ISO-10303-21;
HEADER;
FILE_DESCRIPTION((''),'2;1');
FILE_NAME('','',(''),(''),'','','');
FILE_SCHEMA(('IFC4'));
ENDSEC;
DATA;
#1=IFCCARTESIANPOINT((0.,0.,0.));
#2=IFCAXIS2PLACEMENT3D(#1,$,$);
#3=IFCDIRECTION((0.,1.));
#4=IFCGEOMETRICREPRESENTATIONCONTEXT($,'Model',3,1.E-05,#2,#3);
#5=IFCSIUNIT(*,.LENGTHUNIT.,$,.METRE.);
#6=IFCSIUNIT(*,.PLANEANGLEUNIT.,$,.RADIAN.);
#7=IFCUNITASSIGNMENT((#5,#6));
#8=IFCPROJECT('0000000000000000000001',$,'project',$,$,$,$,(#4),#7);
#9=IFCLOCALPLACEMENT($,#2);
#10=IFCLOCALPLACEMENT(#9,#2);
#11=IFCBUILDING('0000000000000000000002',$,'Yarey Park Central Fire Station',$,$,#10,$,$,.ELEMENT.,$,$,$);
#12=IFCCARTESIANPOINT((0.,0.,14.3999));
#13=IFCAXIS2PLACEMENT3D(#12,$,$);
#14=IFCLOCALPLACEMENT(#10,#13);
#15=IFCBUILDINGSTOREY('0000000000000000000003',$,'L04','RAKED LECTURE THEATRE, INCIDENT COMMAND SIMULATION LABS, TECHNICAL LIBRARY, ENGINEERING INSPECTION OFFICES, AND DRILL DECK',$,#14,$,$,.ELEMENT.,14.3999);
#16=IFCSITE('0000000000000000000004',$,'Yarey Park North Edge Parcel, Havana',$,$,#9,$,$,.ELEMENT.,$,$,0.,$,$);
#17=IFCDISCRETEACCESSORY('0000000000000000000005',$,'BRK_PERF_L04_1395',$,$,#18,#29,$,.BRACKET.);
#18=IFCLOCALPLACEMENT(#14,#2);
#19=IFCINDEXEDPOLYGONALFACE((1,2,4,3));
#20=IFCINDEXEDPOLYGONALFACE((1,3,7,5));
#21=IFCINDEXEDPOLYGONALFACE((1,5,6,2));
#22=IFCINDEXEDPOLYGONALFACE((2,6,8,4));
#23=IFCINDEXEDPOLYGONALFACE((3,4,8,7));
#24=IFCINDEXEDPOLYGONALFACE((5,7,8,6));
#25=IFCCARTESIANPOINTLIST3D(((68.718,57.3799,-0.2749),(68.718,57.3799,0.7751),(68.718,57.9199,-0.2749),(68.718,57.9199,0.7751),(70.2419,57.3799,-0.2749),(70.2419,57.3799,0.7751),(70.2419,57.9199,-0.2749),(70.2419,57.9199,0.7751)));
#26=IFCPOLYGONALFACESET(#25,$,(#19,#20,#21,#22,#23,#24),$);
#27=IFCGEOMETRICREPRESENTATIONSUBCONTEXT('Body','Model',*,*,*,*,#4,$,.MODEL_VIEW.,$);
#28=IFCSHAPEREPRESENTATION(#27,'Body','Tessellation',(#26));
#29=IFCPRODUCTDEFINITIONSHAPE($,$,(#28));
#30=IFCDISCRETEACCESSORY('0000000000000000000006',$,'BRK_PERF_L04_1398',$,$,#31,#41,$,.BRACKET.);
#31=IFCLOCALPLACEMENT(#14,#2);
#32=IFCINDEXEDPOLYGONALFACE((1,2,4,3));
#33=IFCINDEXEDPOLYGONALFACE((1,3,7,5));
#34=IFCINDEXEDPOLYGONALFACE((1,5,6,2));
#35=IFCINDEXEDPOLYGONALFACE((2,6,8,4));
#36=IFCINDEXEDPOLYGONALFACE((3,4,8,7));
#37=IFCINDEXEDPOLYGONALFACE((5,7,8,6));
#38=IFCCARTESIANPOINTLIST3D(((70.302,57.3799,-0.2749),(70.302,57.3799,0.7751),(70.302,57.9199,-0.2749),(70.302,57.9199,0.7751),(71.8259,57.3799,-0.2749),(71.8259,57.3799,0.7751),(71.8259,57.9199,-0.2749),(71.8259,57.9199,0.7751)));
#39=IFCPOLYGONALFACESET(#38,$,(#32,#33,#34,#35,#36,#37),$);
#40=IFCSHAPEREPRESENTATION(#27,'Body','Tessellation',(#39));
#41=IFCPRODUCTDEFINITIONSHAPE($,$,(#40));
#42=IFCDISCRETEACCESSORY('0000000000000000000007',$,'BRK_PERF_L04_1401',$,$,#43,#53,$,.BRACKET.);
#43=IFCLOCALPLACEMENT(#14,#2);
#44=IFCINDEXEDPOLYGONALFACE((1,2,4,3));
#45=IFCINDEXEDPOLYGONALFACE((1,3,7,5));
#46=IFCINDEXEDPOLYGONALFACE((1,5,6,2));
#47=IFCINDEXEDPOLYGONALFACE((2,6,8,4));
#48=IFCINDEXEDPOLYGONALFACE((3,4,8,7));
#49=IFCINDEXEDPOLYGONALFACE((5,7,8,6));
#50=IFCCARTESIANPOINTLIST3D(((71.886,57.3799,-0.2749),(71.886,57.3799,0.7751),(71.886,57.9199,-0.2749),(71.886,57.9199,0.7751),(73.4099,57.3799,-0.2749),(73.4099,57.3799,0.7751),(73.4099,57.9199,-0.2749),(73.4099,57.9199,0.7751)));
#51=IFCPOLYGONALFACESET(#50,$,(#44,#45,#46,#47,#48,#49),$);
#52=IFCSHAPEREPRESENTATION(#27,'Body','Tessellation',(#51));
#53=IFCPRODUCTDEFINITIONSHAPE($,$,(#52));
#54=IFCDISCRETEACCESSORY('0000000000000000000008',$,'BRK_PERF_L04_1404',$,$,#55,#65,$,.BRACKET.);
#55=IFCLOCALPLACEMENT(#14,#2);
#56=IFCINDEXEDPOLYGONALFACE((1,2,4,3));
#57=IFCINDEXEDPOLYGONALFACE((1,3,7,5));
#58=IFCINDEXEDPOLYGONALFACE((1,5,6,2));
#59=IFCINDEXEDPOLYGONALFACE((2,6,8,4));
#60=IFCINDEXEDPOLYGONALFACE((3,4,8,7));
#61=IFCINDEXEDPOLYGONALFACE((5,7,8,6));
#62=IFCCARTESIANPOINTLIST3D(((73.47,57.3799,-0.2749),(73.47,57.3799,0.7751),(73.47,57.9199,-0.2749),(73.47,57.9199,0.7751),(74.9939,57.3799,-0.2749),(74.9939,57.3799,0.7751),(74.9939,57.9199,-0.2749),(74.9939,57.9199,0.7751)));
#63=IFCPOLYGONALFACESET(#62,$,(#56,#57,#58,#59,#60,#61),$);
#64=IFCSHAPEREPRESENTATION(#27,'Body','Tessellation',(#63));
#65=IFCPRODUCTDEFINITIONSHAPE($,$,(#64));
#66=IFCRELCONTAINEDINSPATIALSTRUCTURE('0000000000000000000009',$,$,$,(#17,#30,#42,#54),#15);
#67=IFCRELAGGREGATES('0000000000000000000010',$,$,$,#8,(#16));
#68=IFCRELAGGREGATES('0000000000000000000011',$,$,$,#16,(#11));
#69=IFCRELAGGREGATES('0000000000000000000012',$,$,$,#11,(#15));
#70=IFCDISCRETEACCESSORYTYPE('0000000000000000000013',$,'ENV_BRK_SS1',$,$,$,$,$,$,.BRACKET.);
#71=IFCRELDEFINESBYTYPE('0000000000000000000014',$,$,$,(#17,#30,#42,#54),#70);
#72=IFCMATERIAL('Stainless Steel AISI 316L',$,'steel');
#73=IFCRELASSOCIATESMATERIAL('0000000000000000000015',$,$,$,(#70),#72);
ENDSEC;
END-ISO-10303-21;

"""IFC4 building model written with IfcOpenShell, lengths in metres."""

from ifc_helpers import new_model, si_unit, direction, frame, origin, origin_2d, place, context, subcontext, project, spatial, rectangle, extrude, material, type_object, element, save


model = new_model("IFC4")

# Units and contexts
model_context = context("Model", 3, precision=1e-05, world=origin(), true_north=direction((0.0, 1.0)))
body_context = subcontext(model_context, "Body", "Model", "MODEL_VIEW")
ifc_project = project(units=[si_unit("LENGTHUNIT", "METRE"), si_unit("PLANEANGLEUNIT", "RADIAN")], contexts=[model_context])

# Site, building, storey
site_placement = place(None, origin())
site = spatial("IfcSite", under=ifc_project, at=site_placement, Name="Yarey Park North Edge Parcel, Havana", CompositionType="ELEMENT", RefElevation=0.0)
building_placement = place(site_placement, origin())
building = spatial("IfcBuilding", under=site, at=building_placement, Name="Yarey Park Central Fire Station", CompositionType="ELEMENT")
storey_placement = place(building_placement, frame((0.0, 0.0, 14.3999)))
storey = spatial("IfcBuildingStorey", under=building, at=storey_placement, Name="L04", Description="RAKED LECTURE THEATRE, INCIDENT COMMAND SIMULATION LABS, TECHNICAL LIBRARY, ENGINEERING INSPECTION OFFICES, AND DRILL DECK", CompositionType="ELEMENT", Elevation=14.3999)

# Discrete accessories
ifc_material_1 = material(Name="Stainless Steel AISI 316L", Category="steel")
discrete_accessory_type = type_object("IfcDiscreteAccessoryType", Name="ENV_BRK_SS1", PredefinedType="BRACKET", material=ifc_material_1)
for number, where, z_axis, x_axis, name in (
    (1, (69.48, 57.6499, -0.2749), (0.0, 0.0, 1.0), (1.0, 0.0, 0.0), "BRK_PERF_L04_1395"),
    (2, (71.064, 57.6499, -0.2749), (0.0, 0.0, 1.0), (1.0, 0.0, 0.0), "BRK_PERF_L04_1398"),
    (3, (72.6479, 57.6499, -0.2749), (0.0, 0.0, 1.0), (1.0, 0.0, 0.0), "BRK_PERF_L04_1401"),
    (4, (74.2319, 57.6499, -0.2749), (0.0, 0.0, 1.0), (1.0, 0.0, 0.0), "BRK_PERF_L04_1404"),
):
    element("IfcDiscreteAccessory", number, at=place(storey_placement, frame(where, z_axis=z_axis, x_axis=x_axis)), inside=storey, type_object=discrete_accessory_type, Name=name, PredefinedType="BRACKET", context=body_context, shape_type="SweptSolid", body=[
        extrude(rectangle(XDim=1.5239, YDim=0.54, at=origin_2d()), origin(), (0.0, 0.0, 1.0), 1.05),
    ])

save(model, "model.ifc")
